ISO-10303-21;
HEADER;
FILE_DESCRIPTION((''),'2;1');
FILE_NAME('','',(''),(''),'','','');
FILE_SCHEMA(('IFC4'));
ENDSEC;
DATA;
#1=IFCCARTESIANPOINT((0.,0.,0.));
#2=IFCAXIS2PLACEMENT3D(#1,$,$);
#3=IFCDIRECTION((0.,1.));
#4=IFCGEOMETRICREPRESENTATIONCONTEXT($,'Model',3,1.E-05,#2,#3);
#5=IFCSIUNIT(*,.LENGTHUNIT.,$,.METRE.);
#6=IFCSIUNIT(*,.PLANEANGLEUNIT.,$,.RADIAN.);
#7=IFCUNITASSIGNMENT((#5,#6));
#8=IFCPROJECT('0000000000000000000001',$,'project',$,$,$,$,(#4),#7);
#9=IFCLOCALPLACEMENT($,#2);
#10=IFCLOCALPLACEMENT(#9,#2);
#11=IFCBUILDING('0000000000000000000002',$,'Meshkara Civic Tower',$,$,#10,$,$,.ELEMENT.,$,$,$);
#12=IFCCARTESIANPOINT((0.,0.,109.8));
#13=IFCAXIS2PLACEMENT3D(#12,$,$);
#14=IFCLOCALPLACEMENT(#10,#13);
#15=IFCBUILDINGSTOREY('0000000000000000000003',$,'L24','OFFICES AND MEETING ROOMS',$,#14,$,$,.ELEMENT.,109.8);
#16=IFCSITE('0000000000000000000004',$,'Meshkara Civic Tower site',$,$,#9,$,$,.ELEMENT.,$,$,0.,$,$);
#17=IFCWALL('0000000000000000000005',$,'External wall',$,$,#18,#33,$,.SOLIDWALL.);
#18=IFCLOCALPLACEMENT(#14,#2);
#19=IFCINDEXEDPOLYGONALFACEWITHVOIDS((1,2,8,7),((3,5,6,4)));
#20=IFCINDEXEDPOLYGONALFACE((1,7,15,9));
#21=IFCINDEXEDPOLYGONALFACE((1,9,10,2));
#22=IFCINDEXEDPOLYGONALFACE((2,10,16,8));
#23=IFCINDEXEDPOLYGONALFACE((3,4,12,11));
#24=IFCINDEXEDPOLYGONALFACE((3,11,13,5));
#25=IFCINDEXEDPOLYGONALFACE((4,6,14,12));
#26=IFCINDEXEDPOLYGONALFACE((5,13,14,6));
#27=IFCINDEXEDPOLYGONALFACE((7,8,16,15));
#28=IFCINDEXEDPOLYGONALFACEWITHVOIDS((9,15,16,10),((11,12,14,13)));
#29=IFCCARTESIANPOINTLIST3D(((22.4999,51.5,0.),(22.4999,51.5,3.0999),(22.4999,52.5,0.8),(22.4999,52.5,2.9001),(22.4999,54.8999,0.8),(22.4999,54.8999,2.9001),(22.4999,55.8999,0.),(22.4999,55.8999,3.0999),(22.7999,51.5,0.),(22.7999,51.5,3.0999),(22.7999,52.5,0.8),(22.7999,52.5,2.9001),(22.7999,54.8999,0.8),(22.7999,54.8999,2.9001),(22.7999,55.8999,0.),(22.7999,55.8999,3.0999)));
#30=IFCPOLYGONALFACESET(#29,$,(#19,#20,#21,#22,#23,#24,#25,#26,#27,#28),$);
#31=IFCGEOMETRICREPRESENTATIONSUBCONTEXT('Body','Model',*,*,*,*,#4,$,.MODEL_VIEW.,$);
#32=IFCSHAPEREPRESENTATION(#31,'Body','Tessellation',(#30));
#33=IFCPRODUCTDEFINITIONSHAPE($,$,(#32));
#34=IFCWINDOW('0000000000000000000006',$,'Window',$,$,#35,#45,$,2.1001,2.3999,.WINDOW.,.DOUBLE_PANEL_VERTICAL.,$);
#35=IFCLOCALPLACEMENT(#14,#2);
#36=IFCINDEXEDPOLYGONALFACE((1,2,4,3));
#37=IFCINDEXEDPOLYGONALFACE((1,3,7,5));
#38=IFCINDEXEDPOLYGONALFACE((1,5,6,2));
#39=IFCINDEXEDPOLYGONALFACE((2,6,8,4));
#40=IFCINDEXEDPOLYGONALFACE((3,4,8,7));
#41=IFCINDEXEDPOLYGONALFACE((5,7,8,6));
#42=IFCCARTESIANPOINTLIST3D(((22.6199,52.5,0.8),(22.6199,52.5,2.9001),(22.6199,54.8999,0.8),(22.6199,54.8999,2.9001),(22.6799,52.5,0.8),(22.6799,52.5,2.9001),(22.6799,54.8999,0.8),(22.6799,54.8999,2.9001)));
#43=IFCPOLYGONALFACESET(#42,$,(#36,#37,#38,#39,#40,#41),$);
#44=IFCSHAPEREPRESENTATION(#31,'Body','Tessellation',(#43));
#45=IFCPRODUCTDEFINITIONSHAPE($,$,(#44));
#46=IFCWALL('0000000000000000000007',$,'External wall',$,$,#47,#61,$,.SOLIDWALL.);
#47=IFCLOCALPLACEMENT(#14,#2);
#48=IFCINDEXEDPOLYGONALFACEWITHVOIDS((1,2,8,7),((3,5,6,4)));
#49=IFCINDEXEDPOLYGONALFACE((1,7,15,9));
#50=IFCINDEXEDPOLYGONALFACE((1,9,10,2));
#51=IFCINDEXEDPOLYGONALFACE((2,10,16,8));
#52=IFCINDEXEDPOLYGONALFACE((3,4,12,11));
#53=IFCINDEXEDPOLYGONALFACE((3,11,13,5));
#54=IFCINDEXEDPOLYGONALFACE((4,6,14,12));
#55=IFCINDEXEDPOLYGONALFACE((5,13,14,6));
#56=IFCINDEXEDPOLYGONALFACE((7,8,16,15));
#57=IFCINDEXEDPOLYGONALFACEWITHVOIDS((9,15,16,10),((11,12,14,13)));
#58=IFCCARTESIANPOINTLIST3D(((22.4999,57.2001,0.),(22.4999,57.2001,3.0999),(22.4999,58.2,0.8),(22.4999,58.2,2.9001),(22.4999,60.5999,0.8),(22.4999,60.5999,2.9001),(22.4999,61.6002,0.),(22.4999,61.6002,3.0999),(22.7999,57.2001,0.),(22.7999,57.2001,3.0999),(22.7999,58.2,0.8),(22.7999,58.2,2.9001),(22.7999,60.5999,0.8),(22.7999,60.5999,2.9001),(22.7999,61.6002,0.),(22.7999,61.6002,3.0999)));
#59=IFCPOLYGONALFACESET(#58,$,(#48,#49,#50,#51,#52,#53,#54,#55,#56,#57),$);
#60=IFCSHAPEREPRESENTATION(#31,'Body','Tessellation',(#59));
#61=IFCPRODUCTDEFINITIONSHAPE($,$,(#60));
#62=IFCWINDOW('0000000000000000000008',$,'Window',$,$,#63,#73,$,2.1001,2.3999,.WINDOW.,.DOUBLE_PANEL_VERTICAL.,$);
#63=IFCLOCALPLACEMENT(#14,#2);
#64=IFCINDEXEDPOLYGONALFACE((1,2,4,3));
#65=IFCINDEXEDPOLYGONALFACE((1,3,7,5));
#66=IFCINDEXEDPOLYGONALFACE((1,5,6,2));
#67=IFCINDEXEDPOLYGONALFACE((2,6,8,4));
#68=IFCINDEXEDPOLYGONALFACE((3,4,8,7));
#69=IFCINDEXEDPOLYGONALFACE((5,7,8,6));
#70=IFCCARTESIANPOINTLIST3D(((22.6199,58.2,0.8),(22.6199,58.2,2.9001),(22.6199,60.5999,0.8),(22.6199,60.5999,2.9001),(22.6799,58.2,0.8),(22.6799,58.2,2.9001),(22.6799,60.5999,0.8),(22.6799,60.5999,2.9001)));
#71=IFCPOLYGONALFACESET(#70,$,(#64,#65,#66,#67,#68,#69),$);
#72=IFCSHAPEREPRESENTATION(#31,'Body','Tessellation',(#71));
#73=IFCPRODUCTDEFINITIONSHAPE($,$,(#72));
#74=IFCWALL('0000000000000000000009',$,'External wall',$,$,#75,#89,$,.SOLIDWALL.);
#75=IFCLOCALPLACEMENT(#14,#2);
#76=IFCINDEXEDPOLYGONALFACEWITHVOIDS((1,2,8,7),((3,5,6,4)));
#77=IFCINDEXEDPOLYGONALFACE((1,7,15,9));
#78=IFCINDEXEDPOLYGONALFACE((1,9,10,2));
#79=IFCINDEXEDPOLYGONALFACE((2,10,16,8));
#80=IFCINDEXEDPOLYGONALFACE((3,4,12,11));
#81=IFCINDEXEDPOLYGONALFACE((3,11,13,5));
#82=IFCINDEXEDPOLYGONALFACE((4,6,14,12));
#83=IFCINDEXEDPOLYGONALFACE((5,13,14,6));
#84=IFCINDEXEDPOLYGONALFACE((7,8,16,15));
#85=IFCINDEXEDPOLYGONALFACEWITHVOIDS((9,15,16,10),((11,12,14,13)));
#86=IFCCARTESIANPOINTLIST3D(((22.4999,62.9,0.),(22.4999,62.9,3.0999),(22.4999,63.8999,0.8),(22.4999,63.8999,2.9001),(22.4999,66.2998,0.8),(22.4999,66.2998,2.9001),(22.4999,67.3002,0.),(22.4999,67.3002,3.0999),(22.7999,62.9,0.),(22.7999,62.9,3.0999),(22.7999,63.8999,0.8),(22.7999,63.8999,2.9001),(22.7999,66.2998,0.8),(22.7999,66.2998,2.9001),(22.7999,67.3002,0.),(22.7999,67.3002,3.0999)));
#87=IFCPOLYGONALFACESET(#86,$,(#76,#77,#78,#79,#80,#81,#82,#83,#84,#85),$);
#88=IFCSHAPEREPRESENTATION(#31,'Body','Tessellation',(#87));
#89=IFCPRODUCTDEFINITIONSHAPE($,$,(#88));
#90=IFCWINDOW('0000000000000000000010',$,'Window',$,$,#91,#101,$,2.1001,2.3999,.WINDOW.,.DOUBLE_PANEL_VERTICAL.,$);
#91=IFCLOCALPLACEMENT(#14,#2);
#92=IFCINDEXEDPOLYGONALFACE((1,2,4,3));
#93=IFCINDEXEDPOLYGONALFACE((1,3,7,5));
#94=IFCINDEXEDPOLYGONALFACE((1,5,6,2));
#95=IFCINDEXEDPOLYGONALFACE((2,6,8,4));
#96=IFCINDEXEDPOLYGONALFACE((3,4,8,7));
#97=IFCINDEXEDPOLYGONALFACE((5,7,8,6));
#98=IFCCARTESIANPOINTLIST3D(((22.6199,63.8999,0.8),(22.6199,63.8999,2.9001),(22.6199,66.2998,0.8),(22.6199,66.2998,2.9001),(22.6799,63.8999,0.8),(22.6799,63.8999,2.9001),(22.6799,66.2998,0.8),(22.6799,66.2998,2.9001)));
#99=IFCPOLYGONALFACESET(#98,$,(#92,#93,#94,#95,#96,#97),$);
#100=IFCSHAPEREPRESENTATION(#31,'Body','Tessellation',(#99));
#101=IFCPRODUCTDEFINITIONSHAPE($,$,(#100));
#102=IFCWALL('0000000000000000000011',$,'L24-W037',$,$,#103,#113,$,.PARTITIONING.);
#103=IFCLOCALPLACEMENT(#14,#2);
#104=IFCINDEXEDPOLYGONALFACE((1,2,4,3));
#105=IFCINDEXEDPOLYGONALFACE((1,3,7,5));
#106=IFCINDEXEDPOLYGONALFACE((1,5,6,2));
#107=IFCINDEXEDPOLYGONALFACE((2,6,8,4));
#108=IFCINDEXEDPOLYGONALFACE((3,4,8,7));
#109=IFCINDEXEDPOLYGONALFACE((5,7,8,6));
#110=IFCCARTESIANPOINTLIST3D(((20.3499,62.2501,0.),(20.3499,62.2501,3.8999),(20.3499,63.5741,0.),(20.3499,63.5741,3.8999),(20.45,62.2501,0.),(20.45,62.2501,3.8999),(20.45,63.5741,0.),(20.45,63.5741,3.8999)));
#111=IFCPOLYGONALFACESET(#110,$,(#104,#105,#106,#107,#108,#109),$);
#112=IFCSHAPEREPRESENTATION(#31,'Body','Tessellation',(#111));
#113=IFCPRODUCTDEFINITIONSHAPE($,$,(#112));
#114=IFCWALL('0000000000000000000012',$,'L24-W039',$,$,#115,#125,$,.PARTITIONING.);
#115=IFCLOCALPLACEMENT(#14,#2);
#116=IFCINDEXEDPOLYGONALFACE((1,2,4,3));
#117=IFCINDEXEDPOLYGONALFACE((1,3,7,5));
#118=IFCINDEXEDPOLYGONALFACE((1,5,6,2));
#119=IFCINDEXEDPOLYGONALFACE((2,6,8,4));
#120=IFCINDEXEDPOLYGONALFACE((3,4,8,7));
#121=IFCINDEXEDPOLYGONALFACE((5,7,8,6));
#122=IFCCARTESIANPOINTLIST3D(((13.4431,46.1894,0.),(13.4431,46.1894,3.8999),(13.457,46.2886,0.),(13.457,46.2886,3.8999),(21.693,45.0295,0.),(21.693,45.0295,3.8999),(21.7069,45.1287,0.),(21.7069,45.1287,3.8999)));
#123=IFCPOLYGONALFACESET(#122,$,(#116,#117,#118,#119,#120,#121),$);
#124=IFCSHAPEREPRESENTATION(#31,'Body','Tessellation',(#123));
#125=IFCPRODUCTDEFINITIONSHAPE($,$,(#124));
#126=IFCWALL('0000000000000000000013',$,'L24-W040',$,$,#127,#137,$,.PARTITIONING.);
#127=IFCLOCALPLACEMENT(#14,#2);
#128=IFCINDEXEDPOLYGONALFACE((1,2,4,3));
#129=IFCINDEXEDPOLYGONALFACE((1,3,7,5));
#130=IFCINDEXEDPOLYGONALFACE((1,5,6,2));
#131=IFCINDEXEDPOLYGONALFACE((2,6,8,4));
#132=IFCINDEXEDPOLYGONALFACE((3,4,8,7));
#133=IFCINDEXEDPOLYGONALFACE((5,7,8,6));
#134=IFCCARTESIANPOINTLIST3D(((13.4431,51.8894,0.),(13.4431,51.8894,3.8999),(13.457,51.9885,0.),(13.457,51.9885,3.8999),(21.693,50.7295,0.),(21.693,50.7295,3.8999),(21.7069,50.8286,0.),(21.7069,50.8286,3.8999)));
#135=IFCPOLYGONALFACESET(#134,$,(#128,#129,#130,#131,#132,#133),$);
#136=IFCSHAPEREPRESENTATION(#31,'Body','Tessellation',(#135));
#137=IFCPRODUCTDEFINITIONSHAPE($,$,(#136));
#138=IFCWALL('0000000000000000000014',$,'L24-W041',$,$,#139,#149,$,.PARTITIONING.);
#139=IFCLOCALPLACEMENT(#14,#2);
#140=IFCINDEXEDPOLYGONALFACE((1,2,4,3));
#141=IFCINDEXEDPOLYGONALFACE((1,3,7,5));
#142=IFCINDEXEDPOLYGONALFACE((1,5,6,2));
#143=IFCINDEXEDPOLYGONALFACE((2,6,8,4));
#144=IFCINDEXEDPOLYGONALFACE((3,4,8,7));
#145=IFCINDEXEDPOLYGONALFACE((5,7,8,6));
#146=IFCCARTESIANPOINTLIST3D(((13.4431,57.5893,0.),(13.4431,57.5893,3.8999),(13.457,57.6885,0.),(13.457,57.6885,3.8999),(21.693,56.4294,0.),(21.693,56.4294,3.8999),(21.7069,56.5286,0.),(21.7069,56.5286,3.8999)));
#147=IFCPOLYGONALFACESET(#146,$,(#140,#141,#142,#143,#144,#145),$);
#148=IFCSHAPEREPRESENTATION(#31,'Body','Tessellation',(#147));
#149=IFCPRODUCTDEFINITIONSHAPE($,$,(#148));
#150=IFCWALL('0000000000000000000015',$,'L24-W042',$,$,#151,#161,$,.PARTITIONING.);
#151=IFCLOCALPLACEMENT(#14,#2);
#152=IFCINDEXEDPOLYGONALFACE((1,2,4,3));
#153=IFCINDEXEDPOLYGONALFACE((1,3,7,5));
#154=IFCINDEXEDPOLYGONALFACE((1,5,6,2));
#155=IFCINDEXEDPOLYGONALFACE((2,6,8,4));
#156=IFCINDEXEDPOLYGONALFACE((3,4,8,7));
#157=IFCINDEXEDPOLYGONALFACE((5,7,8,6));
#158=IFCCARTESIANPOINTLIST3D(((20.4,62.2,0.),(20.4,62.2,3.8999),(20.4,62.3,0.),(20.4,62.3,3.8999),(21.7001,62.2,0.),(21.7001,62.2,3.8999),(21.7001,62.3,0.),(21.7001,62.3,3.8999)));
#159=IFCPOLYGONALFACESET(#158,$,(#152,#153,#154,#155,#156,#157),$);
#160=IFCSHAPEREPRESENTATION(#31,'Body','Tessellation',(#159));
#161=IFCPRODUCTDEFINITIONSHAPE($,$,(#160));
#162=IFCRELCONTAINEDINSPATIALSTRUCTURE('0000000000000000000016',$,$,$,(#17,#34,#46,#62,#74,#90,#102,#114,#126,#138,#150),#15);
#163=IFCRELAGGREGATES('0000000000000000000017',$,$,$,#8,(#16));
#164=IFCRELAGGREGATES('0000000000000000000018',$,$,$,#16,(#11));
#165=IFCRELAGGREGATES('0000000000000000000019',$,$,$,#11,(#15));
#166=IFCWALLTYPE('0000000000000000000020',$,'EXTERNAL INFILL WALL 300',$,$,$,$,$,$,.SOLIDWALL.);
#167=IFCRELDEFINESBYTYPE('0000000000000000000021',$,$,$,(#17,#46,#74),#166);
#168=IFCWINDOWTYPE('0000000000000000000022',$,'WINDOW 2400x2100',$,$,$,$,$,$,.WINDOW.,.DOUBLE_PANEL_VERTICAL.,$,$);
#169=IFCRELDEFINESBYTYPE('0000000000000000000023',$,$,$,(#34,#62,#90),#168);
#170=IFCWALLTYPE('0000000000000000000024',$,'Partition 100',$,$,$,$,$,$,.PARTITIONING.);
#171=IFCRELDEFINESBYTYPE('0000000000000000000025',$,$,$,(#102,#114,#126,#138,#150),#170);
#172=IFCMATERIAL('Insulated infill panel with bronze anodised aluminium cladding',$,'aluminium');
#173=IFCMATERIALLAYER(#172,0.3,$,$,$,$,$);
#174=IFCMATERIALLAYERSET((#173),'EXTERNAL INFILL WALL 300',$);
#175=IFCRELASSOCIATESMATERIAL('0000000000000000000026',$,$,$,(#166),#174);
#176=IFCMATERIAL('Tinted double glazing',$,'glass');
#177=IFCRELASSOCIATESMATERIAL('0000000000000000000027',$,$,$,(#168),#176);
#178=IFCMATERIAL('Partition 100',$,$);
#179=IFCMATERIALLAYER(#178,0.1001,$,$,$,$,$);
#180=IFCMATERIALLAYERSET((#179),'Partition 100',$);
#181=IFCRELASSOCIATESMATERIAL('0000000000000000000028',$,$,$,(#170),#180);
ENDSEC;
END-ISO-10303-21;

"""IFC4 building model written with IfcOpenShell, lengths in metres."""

from ifc_helpers import new_model, si_unit, direction, frame, frame_2d, origin, place, context, subcontext, project, spatial, rectangle, extrude, material, layer, layer_set, type_object, element, fill, save


model = new_model("IFC4")

# Units and contexts
model_context = context("Model", 3, precision=1e-05, world=origin(), true_north=direction((0.0, 1.0)))
body_context = subcontext(model_context, "Body", "Model", "MODEL_VIEW")
ifc_project = project(units=[si_unit("LENGTHUNIT", "METRE"), si_unit("PLANEANGLEUNIT", "RADIAN")], contexts=[model_context])

# Site, building, storey
site_placement = place(None, origin())
site = spatial("IfcSite", under=ifc_project, at=site_placement, Name="Meshkara Civic Tower site", CompositionType="ELEMENT", RefElevation=0.0)
building_placement = place(site_placement, origin())
building = spatial("IfcBuilding", under=site, at=building_placement, Name="Meshkara Civic Tower", CompositionType="ELEMENT")
storey_placement = place(building_placement, frame((0.0, 0.0, 109.8)))
storey = spatial("IfcBuildingStorey", under=building, at=storey_placement, Name="L24", Description="OFFICES AND MEETING ROOMS", CompositionType="ELEMENT", Elevation=109.8)

# Walls, openings, windows
ifc_material_1 = material(Name="Insulated infill panel with bronze anodised aluminium cladding", Category="aluminium")
ifc_layer_1 = layer(ifc_material_1, 0.3)
ifc_layer_set_1 = layer_set([ifc_layer_1], Name="EXTERNAL INFILL WALL 300")
wall_type_1 = type_object("IfcWallType", Name="EXTERNAL INFILL WALL 300", PredefinedType="SOLIDWALL", material=ifc_layer_set_1)
ifc_material_2 = material(Name="Tinted double glazing", Category="glass")
window_type = type_object("IfcWindowType", Name="WINDOW 2400x2100", PartitioningType="DOUBLE_PANEL_VERTICAL", PredefinedType="WINDOW", material=ifc_material_2)
wall_1_placement = place(storey_placement, frame((22.6499, 51.5, 0.0), z_axis=(0.0, 0.0, 1.0), x_axis=(0.0, 1.0, 0.0)))
wall_1 = element("IfcWall", 1, at=wall_1_placement, inside=storey, type_object=wall_type_1, Name="External wall", PredefinedType="SOLIDWALL", context=body_context, shape_type="SweptSolid", body=[
    extrude(rectangle(XDim=4.3999, YDim=0.3, at=frame_2d((2.2, 0.0))), origin(), (0.0, 0.0, 1.0), 3.0999),
])
opening_1_placement = place(wall_1_placement, frame((1.0, 0.0, 0.8)))
opening_1 = element("IfcOpeningElement", 2, at=opening_1_placement, cuts=wall_1, PredefinedType="OPENING", context=body_context, shape_type="SweptSolid", body=[
    extrude(rectangle(XDim=2.3999, YDim=2.1001, at=frame_2d((1.2, 1.05))), frame((0.0, 0.1599, 0.0), z_axis=(0.0, -1.0, 0.0), x_axis=(1.0, 0.0, 0.0)), (0.0, 0.0, 1.0), 0.3201),
])
window_1_placement = place(opening_1_placement, origin())
window_1 = element("IfcWindow", 3, at=window_1_placement, inside=storey, type_object=window_type, Name="Window", OverallHeight=2.1001, OverallWidth=2.3999, PartitioningType="DOUBLE_PANEL_VERTICAL", PredefinedType="WINDOW", context=body_context, shape_type="SweptSolid", body=[
    extrude(rectangle(XDim=2.3999, YDim=2.1001, at=frame_2d((1.2, 1.05))), frame((0.0, 0.03, 0.0), z_axis=(0.0, -1.0, 0.0), x_axis=(1.0, 0.0, 0.0)), (0.0, 0.0, 1.0), 0.0601),
])
fill(opening_1, window_1)
wall_2_placement = place(storey_placement, frame((22.6499, 57.2, 0.0), z_axis=(0.0, 0.0, 1.0), x_axis=(0.0, 1.0, 0.0)))
wall_2 = element("IfcWall", 4, at=wall_2_placement, inside=storey, type_object=wall_type_1, Name="External wall", PredefinedType="SOLIDWALL", context=body_context, shape_type="SweptSolid", body=[
    extrude(rectangle(XDim=4.4001, YDim=0.3, at=frame_2d((2.2002, 0.0))), origin(), (0.0, 0.0, 1.0), 3.0999),
])
opening_2_placement = place(wall_2_placement, frame((1.0, 0.0, 0.8)))
opening_2 = element("IfcOpeningElement", 5, at=opening_2_placement, cuts=wall_2, PredefinedType="OPENING", context=body_context, shape_type="SweptSolid", body=[
    extrude(rectangle(XDim=2.3999, YDim=2.1001, at=frame_2d((1.2, 1.05))), frame((0.0, 0.1599, 0.0), z_axis=(0.0, -1.0, 0.0), x_axis=(1.0, 0.0, 0.0)), (0.0, 0.0, 1.0), 0.3201),
])
window_2_placement = place(opening_2_placement, origin())
window_2 = element("IfcWindow", 6, at=window_2_placement, inside=storey, type_object=window_type, Name="Window", OverallHeight=2.1001, OverallWidth=2.3999, PartitioningType="DOUBLE_PANEL_VERTICAL", PredefinedType="WINDOW", context=body_context, shape_type="SweptSolid", body=[
    extrude(rectangle(XDim=2.3999, YDim=2.1001, at=frame_2d((1.2, 1.05))), frame((0.0, 0.03, 0.0), z_axis=(0.0, -1.0, 0.0), x_axis=(1.0, 0.0, 0.0)), (0.0, 0.0, 1.0), 0.0601),
])
fill(opening_2, window_2)
wall_3_placement = place(storey_placement, frame((22.6499, 62.8999, 0.0), z_axis=(0.0, 0.0, 1.0), x_axis=(0.0, 1.0, 0.0)))
wall_3 = element("IfcWall", 7, at=wall_3_placement, inside=storey, type_object=wall_type_1, Name="External wall", PredefinedType="SOLIDWALL", context=body_context, shape_type="SweptSolid", body=[
    extrude(rectangle(XDim=4.4001, YDim=0.3, at=frame_2d((2.2002, 0.0))), origin(), (0.0, 0.0, 1.0), 3.0999),
])
opening_3_placement = place(wall_3_placement, frame((1.0, 0.0, 0.8)))
opening_3 = element("IfcOpeningElement", 8, at=opening_3_placement, cuts=wall_3, PredefinedType="OPENING", context=body_context, shape_type="SweptSolid", body=[
    extrude(rectangle(XDim=2.3999, YDim=2.1001, at=frame_2d((1.2, 1.05))), frame((0.0, 0.1599, 0.0), z_axis=(0.0, -1.0, 0.0), x_axis=(1.0, 0.0, 0.0)), (0.0, 0.0, 1.0), 0.3201),
])
window_3_placement = place(opening_3_placement, origin())
window_3 = element("IfcWindow", 9, at=window_3_placement, inside=storey, type_object=window_type, Name="Window", OverallHeight=2.1001, OverallWidth=2.3999, PartitioningType="DOUBLE_PANEL_VERTICAL", PredefinedType="WINDOW", context=body_context, shape_type="SweptSolid", body=[
    extrude(rectangle(XDim=2.3999, YDim=2.1001, at=frame_2d((1.2, 1.05))), frame((0.0, 0.03, 0.0), z_axis=(0.0, -1.0, 0.0), x_axis=(1.0, 0.0, 0.0)), (0.0, 0.0, 1.0), 0.0601),
])
fill(opening_3, window_3)

# Walls
ifc_material_3 = material(Name="Partition 100")
ifc_layer_2 = layer(ifc_material_3, 0.1001)
ifc_layer_set_2 = layer_set([ifc_layer_2], Name="Partition 100")
wall_type_2 = type_object("IfcWallType", Name="Partition 100", PredefinedType="PARTITIONING", material=ifc_layer_set_2)
wall_4_placement = place(storey_placement, frame((20.3999, 62.25, 0.0), z_axis=(0.0, 0.0, 1.0), x_axis=(0.0, 1.0, 0.0)))
element("IfcWall", 10, at=wall_4_placement, inside=storey, type_object=wall_type_2, Name="L24-W037", PredefinedType="PARTITIONING", context=body_context, shape_type="SweptSolid", body=[
    extrude(rectangle(XDim=1.324, YDim=0.1001, at=frame_2d((0.6621, 0.0))), origin(), (0.0, 0.0, 1.0), 3.8999),
])
for number, where, z_axis, x_axis, name in (
    (11, (21.7, 45.0791, 0.0), (0.0, 0.0, 1.0), (-0.990261, 0.139226, 0.0), "L24-W039"),
    (12, (21.7, 50.7791, 0.0), (0.0, 0.0, 1.0), (-0.990261, 0.139226, 0.0), "L24-W040"),
    (13, (21.7, 56.479, 0.0), (0.0, 0.0, 1.0), (-0.990261, 0.139226, 0.0), "L24-W041"),
):
    element("IfcWall", number, at=place(storey_placement, frame(where, z_axis=z_axis, x_axis=x_axis)), inside=storey, type_object=wall_type_2, Name=name, PredefinedType="PARTITIONING", context=body_context, shape_type="SweptSolid", body=[
        extrude(rectangle(XDim=8.3311, YDim=0.1001, at=frame_2d((4.1655, 0.0))), origin(), (0.0, 0.0, 1.0), 3.8999),
    ])
wall_5_placement = place(storey_placement, frame((21.7, 62.25, 0.0), z_axis=(0.0, 0.0, 1.0), x_axis=(-1.0, 0.0, 0.0)))
element("IfcWall", 14, at=wall_5_placement, inside=storey, type_object=wall_type_2, Name="L24-W042", PredefinedType="PARTITIONING", context=body_context, shape_type="SweptSolid", body=[
    extrude(rectangle(XDim=1.3, YDim=0.1001, at=frame_2d((0.6499, 0.0))), origin(), (0.0, 0.0, 1.0), 3.8999),
])

save(model, "model.ifc")
